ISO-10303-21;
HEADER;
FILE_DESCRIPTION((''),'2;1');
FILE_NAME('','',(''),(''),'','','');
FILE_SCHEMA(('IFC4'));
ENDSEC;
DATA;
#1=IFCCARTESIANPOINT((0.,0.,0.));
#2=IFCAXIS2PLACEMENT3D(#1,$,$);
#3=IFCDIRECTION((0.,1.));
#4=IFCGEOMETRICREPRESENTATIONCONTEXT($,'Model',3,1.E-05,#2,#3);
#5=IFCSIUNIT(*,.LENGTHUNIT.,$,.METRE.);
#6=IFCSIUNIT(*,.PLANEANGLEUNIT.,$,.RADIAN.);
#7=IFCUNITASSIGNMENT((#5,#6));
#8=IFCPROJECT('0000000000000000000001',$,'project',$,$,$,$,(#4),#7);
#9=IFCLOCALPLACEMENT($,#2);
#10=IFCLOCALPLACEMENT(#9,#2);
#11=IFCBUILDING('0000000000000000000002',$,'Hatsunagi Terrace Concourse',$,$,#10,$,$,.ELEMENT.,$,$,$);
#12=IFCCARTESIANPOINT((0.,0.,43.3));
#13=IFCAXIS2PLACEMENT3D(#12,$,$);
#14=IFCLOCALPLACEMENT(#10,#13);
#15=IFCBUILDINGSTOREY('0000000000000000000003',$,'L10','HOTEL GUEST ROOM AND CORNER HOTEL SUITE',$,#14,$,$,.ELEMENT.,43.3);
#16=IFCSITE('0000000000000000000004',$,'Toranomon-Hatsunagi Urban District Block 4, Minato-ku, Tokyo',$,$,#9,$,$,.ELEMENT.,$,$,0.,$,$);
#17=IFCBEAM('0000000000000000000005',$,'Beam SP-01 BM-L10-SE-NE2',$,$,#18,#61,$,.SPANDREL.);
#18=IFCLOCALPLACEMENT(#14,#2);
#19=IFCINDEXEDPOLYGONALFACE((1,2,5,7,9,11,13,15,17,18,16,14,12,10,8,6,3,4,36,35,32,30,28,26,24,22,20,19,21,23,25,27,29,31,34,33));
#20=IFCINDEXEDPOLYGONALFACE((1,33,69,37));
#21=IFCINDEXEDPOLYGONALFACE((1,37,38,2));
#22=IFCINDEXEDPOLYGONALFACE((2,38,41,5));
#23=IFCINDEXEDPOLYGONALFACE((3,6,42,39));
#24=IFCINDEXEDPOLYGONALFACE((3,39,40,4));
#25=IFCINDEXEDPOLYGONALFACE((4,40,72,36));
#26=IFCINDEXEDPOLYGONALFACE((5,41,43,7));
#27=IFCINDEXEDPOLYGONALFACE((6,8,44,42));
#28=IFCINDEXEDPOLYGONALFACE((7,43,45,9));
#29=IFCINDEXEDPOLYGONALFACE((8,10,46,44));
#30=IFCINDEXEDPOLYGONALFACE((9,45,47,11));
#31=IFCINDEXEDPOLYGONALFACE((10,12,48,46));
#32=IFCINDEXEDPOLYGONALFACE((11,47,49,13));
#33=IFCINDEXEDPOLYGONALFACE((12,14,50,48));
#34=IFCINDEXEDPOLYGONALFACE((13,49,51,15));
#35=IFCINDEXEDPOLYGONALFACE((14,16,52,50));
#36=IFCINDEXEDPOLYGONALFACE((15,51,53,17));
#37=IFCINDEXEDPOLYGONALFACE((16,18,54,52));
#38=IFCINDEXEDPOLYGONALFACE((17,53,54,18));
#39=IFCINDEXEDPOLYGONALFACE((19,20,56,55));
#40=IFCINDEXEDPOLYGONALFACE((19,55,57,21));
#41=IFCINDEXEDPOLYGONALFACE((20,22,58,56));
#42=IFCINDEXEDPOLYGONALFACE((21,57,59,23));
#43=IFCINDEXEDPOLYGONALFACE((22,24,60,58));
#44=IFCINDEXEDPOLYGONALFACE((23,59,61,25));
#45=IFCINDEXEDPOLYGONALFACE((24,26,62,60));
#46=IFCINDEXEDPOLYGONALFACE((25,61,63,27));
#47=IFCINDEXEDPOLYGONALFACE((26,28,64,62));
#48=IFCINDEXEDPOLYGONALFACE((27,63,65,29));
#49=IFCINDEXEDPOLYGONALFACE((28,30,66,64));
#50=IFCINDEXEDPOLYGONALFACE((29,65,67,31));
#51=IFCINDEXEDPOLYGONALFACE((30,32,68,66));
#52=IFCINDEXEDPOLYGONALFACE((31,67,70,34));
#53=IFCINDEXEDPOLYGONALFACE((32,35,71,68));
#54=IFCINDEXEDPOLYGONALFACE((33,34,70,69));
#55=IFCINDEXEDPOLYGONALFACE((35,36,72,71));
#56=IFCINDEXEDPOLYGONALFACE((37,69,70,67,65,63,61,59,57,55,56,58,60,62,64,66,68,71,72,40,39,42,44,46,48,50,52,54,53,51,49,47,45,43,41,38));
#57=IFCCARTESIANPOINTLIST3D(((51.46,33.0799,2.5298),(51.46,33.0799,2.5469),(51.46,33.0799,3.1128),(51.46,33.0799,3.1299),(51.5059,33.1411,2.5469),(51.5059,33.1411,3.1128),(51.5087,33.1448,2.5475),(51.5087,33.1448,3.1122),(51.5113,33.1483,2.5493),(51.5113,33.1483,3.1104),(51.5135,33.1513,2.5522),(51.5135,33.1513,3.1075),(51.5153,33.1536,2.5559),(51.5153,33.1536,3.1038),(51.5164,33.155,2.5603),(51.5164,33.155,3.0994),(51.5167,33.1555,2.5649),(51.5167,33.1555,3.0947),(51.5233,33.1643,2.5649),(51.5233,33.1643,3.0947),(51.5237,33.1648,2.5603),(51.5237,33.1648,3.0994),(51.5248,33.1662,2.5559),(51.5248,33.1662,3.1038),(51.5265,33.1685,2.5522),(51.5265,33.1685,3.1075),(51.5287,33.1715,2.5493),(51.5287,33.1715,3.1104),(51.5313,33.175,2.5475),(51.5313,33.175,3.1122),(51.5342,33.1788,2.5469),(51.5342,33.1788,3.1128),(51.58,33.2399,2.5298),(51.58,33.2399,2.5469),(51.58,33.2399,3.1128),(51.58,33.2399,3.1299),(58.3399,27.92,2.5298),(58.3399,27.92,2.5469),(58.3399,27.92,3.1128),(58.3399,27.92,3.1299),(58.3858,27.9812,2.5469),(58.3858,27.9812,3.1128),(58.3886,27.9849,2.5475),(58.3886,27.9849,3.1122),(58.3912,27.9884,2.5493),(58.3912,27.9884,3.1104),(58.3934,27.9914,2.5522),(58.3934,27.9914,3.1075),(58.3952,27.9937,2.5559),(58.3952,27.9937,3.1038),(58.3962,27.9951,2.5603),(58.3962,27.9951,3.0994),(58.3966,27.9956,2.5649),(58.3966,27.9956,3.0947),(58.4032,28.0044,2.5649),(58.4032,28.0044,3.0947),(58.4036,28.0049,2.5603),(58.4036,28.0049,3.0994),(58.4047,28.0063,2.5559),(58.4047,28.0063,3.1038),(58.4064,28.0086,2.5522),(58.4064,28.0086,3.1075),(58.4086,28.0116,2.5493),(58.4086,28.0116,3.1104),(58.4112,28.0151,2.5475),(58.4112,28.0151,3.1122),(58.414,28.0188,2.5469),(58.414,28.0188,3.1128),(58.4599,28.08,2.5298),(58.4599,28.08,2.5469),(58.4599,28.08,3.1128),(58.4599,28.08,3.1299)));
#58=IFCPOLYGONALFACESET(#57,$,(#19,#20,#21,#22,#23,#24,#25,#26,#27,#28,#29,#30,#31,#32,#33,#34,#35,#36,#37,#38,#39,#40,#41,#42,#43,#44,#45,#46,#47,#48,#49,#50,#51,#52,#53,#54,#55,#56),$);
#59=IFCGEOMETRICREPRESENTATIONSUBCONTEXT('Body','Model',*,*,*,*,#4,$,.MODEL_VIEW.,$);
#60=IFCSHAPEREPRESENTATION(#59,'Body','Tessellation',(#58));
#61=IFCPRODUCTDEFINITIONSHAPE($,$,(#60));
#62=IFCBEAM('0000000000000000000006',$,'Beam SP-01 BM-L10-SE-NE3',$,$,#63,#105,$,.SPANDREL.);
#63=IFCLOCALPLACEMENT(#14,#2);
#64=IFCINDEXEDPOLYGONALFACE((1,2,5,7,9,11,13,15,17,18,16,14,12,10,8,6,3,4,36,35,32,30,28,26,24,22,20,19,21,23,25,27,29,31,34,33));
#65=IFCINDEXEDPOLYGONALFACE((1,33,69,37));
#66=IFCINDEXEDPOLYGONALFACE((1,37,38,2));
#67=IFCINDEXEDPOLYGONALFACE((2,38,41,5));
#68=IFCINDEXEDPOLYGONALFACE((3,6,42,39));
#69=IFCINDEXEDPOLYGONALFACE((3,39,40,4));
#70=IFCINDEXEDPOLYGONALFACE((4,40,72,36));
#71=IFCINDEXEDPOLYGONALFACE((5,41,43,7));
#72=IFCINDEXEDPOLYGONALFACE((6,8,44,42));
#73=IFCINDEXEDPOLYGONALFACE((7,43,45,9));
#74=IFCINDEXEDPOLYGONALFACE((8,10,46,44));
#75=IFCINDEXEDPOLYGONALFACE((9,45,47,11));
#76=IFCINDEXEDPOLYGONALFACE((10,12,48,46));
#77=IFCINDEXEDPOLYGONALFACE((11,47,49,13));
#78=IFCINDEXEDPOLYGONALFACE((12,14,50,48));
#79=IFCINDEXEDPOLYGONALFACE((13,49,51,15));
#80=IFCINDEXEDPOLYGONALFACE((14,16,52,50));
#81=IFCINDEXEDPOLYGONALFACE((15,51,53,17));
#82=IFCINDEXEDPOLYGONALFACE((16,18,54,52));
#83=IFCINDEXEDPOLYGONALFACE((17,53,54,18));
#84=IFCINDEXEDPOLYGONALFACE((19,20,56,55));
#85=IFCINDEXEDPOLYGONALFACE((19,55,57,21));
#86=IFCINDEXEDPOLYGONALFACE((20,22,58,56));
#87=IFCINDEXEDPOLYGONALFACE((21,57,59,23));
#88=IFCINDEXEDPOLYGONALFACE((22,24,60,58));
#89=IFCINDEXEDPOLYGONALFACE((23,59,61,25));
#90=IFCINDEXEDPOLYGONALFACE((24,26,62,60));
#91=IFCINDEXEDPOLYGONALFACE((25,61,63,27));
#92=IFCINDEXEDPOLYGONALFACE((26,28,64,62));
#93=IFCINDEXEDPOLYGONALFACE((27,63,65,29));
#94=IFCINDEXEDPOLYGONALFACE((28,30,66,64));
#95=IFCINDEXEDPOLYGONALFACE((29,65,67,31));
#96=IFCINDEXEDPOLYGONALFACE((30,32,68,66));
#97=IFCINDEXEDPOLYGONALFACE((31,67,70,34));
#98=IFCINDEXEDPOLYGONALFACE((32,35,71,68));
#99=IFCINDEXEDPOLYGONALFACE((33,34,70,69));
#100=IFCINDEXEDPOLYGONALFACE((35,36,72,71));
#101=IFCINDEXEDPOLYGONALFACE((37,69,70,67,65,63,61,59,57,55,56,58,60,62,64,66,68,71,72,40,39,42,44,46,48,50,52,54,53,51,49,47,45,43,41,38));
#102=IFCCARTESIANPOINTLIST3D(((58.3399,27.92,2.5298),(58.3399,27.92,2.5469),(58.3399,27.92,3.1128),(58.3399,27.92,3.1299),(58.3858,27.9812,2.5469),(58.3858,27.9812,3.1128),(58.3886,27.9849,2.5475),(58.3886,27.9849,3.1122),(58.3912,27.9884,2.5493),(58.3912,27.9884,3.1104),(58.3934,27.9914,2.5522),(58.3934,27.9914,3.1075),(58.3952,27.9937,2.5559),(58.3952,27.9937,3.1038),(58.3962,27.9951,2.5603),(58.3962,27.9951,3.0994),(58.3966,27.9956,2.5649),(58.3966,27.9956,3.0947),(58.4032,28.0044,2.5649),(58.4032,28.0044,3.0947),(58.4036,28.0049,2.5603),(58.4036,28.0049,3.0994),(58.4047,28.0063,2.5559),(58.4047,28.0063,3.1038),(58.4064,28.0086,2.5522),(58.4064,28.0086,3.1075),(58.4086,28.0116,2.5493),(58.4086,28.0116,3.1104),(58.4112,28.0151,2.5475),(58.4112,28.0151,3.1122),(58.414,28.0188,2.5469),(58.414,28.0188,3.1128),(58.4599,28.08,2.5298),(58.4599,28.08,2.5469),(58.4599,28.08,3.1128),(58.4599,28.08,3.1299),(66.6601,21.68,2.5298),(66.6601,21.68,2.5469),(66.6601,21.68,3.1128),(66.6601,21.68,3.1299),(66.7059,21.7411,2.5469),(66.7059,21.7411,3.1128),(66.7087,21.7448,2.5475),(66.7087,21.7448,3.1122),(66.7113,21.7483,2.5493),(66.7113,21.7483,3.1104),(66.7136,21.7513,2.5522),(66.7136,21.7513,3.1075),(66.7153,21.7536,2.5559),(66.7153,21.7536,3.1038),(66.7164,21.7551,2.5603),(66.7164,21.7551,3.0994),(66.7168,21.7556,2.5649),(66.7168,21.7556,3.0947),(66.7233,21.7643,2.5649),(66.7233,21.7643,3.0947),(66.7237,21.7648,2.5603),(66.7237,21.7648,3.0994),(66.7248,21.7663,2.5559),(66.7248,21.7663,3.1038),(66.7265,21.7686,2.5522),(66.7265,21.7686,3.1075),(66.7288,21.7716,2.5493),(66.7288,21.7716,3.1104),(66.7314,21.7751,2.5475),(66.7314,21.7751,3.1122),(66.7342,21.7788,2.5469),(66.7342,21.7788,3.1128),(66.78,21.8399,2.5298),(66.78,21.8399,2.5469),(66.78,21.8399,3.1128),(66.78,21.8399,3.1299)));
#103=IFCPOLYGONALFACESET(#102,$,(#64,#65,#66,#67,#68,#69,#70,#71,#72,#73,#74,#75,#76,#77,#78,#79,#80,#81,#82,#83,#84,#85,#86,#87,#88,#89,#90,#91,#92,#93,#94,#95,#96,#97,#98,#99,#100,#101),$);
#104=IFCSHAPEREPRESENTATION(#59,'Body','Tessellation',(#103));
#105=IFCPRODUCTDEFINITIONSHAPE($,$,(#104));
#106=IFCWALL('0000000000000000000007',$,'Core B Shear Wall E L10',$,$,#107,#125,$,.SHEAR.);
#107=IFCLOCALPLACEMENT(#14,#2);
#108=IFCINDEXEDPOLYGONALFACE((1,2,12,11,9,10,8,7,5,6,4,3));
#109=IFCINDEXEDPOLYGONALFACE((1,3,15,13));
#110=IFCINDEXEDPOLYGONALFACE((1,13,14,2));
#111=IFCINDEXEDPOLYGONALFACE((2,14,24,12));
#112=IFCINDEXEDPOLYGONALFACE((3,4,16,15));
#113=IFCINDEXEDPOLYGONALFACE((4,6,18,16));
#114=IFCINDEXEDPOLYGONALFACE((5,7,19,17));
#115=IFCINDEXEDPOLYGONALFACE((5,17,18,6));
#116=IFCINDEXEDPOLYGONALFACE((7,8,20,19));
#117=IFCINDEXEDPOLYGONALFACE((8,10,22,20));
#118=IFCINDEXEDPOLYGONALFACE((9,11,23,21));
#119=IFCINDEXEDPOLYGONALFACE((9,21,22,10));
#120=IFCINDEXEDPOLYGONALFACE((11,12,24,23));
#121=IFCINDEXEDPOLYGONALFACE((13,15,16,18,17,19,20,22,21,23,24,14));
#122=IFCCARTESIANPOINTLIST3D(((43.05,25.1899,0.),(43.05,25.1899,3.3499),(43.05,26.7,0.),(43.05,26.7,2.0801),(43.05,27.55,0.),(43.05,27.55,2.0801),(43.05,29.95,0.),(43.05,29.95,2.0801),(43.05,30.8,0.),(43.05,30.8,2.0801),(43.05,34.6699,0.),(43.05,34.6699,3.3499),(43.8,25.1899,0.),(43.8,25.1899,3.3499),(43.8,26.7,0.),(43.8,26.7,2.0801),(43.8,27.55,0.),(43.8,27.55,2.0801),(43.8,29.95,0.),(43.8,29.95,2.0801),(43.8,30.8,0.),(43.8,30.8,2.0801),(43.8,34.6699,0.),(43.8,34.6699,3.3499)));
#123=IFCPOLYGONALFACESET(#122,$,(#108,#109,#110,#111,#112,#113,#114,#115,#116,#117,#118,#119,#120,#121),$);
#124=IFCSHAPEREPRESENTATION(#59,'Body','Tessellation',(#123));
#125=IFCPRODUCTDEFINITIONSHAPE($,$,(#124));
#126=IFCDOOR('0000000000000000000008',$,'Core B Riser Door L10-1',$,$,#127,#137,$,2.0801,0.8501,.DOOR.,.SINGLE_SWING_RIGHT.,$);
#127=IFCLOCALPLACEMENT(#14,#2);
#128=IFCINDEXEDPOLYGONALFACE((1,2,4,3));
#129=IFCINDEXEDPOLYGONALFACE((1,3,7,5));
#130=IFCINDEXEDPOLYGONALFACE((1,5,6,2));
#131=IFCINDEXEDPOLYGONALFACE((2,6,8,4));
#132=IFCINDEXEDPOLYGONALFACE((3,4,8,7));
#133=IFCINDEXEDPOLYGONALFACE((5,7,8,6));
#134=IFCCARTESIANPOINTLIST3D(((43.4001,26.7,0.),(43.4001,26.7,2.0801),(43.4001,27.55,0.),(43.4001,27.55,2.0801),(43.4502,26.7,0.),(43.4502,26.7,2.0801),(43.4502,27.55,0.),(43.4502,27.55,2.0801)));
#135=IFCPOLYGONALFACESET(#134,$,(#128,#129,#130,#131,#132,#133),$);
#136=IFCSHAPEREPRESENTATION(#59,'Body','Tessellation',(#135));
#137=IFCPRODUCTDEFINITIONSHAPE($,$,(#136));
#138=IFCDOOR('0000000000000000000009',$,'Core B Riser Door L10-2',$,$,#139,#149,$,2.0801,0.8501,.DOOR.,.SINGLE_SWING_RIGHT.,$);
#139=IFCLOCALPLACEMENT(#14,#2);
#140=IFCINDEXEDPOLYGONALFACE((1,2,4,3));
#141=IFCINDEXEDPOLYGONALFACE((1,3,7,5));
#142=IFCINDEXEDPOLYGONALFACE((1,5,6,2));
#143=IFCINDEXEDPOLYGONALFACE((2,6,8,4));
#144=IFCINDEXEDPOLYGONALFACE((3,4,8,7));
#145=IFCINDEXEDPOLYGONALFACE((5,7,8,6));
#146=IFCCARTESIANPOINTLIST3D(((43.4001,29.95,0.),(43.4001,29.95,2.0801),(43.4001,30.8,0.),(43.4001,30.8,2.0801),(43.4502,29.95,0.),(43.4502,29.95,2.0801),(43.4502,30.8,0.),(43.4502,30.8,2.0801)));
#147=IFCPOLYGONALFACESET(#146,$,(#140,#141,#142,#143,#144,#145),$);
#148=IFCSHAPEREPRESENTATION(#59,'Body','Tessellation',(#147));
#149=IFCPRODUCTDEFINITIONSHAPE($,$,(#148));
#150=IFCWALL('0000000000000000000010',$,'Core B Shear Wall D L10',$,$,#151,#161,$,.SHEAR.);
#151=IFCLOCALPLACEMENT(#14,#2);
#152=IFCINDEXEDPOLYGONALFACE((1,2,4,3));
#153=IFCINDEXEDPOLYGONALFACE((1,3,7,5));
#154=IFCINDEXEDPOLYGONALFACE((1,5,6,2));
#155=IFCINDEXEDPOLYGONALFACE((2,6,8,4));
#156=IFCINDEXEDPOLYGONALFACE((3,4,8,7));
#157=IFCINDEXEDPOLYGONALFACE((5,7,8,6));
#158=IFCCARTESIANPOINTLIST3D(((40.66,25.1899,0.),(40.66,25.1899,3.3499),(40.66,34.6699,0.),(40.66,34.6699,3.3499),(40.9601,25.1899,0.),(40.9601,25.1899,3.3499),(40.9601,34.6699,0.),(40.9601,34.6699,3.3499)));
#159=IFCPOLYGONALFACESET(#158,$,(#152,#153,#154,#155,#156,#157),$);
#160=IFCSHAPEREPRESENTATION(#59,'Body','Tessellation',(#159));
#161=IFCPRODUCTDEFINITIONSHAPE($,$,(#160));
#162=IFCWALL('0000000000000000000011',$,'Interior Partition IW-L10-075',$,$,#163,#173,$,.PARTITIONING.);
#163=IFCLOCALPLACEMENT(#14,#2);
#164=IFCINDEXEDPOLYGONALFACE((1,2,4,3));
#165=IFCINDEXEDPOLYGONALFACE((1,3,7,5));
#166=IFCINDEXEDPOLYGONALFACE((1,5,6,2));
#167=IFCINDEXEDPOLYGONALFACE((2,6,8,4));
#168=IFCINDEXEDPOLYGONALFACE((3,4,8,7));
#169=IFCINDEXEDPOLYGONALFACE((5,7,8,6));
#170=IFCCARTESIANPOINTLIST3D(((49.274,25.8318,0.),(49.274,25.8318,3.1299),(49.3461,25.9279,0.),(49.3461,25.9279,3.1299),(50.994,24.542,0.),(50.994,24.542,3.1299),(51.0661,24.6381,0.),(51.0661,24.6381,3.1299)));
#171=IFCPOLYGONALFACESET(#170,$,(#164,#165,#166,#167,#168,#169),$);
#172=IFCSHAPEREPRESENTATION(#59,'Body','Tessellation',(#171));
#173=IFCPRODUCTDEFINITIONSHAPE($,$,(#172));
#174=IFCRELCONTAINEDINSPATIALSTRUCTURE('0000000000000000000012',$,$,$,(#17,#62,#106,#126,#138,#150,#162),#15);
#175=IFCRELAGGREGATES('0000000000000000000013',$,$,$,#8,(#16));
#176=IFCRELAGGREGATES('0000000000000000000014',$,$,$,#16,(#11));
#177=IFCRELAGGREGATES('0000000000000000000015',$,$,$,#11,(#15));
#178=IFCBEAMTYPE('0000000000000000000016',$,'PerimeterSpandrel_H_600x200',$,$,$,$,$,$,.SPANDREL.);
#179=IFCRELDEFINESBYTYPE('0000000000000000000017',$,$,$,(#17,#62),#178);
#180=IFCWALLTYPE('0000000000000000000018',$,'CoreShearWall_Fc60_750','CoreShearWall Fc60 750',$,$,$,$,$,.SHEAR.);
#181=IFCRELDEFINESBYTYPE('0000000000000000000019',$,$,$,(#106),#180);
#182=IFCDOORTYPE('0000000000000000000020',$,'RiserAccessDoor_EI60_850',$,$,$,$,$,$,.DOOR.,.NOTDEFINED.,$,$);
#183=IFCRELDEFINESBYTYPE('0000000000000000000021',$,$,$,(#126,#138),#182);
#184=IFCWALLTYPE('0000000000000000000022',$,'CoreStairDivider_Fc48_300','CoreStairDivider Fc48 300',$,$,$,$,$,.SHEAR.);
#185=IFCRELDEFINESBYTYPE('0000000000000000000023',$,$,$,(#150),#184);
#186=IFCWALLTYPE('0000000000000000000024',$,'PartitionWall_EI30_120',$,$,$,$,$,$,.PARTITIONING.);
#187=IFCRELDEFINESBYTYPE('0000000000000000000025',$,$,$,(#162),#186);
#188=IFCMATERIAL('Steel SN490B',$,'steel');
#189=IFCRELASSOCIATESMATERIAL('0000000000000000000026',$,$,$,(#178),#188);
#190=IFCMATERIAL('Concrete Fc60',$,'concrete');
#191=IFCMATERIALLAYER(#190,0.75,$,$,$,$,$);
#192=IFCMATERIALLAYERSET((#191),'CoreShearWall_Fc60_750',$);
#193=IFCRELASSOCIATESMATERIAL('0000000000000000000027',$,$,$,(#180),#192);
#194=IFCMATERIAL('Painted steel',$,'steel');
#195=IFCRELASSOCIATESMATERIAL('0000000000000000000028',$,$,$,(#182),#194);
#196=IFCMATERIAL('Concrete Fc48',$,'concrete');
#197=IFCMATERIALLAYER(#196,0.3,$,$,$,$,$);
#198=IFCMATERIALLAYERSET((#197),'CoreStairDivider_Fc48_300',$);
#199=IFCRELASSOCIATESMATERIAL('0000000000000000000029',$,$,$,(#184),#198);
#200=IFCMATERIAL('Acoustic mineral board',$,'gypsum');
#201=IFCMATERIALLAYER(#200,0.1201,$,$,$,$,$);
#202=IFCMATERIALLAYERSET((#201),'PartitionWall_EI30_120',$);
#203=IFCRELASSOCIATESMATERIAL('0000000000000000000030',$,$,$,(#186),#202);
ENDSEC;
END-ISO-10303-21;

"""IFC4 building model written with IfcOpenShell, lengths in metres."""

from ifc_helpers import new_model, si_unit, direction, frame, frame_2d, origin, origin_2d, place, context, subcontext, project, spatial, rectangle, i_section, extrude, material, layer, layer_set, material_profile, profile_set, type_object, element, fill, save


model = new_model("IFC4")

# Units and contexts
model_context = context("Model", 3, precision=1e-05, world=origin(), true_north=direction((0.0, 1.0)))
body_context = subcontext(model_context, "Body", "Model", "MODEL_VIEW")
ifc_project = project(units=[si_unit("LENGTHUNIT", "METRE"), si_unit("PLANEANGLEUNIT", "RADIAN")], contexts=[model_context])

# Site, building, storey
site_placement = place(None, origin())
site = spatial("IfcSite", under=ifc_project, at=site_placement, Name="Toranomon-Hatsunagi Urban District Block 4, Minato-ku, Tokyo", CompositionType="ELEMENT", RefElevation=0.0)
building_placement = place(site_placement, origin())
building = spatial("IfcBuilding", under=site, at=building_placement, Name="Hatsunagi Terrace Concourse", CompositionType="ELEMENT")
storey_placement = place(building_placement, frame((0.0, 0.0, 43.3)))
storey = spatial("IfcBuildingStorey", under=building, at=storey_placement, Name="L10", Description="HOTEL GUEST ROOM AND CORNER HOTEL SUITE", CompositionType="ELEMENT", Elevation=43.3)

# Beams
ifc_material_1 = material(Name="Steel SN490B", Category="steel")
ifc_material_profile_1 = material_profile(ifc_material_1, i_section(OverallWidth=0.2, OverallDepth=0.6001, WebThickness=0.011, FlangeThickness=0.0171, FilletRadius=0.0181, at=origin_2d()), Name="H-600x200x11x17")
ifc_profile_set_1 = profile_set([ifc_material_profile_1], Name="Steel SN490B")
beam_type_1 = type_object("IfcBeamType", Name="PerimeterSpandrel_H_600x200", PredefinedType="SPANDREL", material=ifc_profile_set_1)
beam_1_placement = place(storey_placement, frame((51.52, 33.1599, 2.8298), z_axis=(0.8, -0.6, 0.0), x_axis=(0.6, 0.8, 0.0)))
element("IfcBeam", 1, at=beam_1_placement, inside=storey, type_object=beam_type_1, Name="Beam SP-01 BM-L10-SE-NE2", PredefinedType="SPANDREL", context=body_context, shape_type="SweptSolid", body=[
    extrude(i_section(OverallWidth=0.2, OverallDepth=0.6001, WebThickness=0.011, FlangeThickness=0.0171, FilletRadius=0.0181, at=origin_2d()), origin(), (0.0, 0.0, 1.0), 8.5999),
])
beam_2_placement = place(storey_placement, frame((58.3999, 28.0, 2.8298), z_axis=(0.800003, -0.599996, 0.0), x_axis=(0.599996, 0.800003, 0.0)))
element("IfcBeam", 2, at=beam_2_placement, inside=storey, type_object=beam_type_1, Name="Beam SP-01 BM-L10-SE-NE3", PredefinedType="SPANDREL", context=body_context, shape_type="SweptSolid", body=[
    extrude(i_section(OverallWidth=0.2, OverallDepth=0.6001, WebThickness=0.011, FlangeThickness=0.0171, FilletRadius=0.0181, at=origin_2d()), origin(), (0.0, 0.0, 1.0), 10.4001),
])

# Wall, openings, doors
ifc_material_2 = material(Name="Concrete Fc60", Category="concrete")
ifc_layer_1 = layer(ifc_material_2, 0.75)
ifc_layer_set_1 = layer_set([ifc_layer_1], Name="CoreShearWall_Fc60_750")
wall_type_1 = type_object("IfcWallType", Name="CoreShearWall_Fc60_750", Description="CoreShearWall Fc60 750", PredefinedType="SHEAR", material=ifc_layer_set_1)
wall_1_placement = place(storey_placement, frame((43.425, 25.1899, 0.0), z_axis=(0.0, 0.0, 1.0), x_axis=(0.0, 1.0, 0.0)))
wall_1 = element("IfcWall", 3, at=wall_1_placement, inside=storey, type_object=wall_type_1, Name="Core B Shear Wall E L10", PredefinedType="SHEAR", context=body_context, shape_type="SweptSolid", body=[
    extrude(rectangle(XDim=9.48, YDim=0.75, at=frame_2d((4.74, 0.0))), origin(), (0.0, 0.0, 1.0), 3.3499),
])
opening_1_placement = place(wall_1_placement, frame((1.51, 0.0, 0.0)))
opening_1 = element("IfcOpeningElement", 4, at=opening_1_placement, cuts=wall_1, PredefinedType="OPENING", context=body_context, shape_type="SweptSolid", body=[
    extrude(rectangle(XDim=0.8501, YDim=2.0801, at=frame_2d((0.425, 1.04))), frame((0.0, 0.385, 0.0), z_axis=(0.0, -1.0, 0.0), x_axis=(1.0, 0.0, 0.0)), (0.0, 0.0, 1.0), 0.77),
])
opening_2_placement = place(wall_1_placement, frame((4.76, 0.0, 0.0)))
opening_2 = element("IfcOpeningElement", 5, at=opening_2_placement, cuts=wall_1, PredefinedType="OPENING", context=body_context, shape_type="SweptSolid", body=[
    extrude(rectangle(XDim=0.8501, YDim=2.0801, at=frame_2d((0.425, 1.04))), frame((0.0, 0.385, 0.0), z_axis=(0.0, -1.0, 0.0), x_axis=(1.0, 0.0, 0.0)), (0.0, 0.0, 1.0), 0.77),
])
ifc_material_3 = material(Name="Painted steel", Category="steel")
door_type_1 = type_object("IfcDoorType", Name="RiserAccessDoor_EI60_850", OperationType="NOTDEFINED", PredefinedType="DOOR", material=ifc_material_3)
door_1_placement = place(opening_1_placement, origin())
door_1 = element("IfcDoor", 6, at=door_1_placement, inside=storey, type_object=door_type_1, Name="Core B Riser Door L10-1", OperationType="SINGLE_SWING_RIGHT", OverallHeight=2.0801, OverallWidth=0.8501, PredefinedType="DOOR", context=body_context, shape_type="SweptSolid", body=[
    extrude(rectangle(XDim=0.8501, YDim=2.0801, at=frame_2d((0.425, 1.04))), frame((0.0, 0.0249, 0.0), z_axis=(0.0, -1.0, 0.0), x_axis=(1.0, 0.0, 0.0)), (0.0, 0.0, 1.0), 0.05),
])
fill(opening_1, door_1)
door_2_placement = place(opening_2_placement, origin())
door_2 = element("IfcDoor", 7, at=door_2_placement, inside=storey, type_object=door_type_1, Name="Core B Riser Door L10-2", OperationType="SINGLE_SWING_RIGHT", OverallHeight=2.0801, OverallWidth=0.8501, PredefinedType="DOOR", context=body_context, shape_type="SweptSolid", body=[
    extrude(rectangle(XDim=0.8501, YDim=2.0801, at=frame_2d((0.425, 1.04))), frame((0.0, 0.0249, 0.0), z_axis=(0.0, -1.0, 0.0), x_axis=(1.0, 0.0, 0.0)), (0.0, 0.0, 1.0), 0.05),
])
fill(opening_2, door_2)

# Walls
ifc_material_4 = material(Name="Concrete Fc48", Category="concrete")
ifc_layer_2 = layer(ifc_material_4, 0.3)
ifc_layer_set_2 = layer_set([ifc_layer_2], Name="CoreStairDivider_Fc48_300")
wall_type_2 = type_object("IfcWallType", Name="CoreStairDivider_Fc48_300", Description="CoreStairDivider Fc48 300", PredefinedType="SHEAR", material=ifc_layer_set_2)
wall_2_placement = place(storey_placement, frame((40.8101, 25.1899, 0.0), z_axis=(0.0, 0.0, 1.0), x_axis=(0.0, 1.0, 0.0)))
element("IfcWall", 8, at=wall_2_placement, inside=storey, type_object=wall_type_2, Name="Core B Shear Wall D L10", PredefinedType="SHEAR", context=body_context, shape_type="SweptSolid", body=[
    extrude(rectangle(XDim=9.48, YDim=0.3, at=frame_2d((4.74, 0.0))), origin(), (0.0, 0.0, 1.0), 3.3499),
])
ifc_material_5 = material(Name="Acoustic mineral board", Category="gypsum")
ifc_layer_3 = layer(ifc_material_5, 0.1201)
ifc_layer_set_3 = layer_set([ifc_layer_3], Name="PartitionWall_EI30_120")
wall_type_3 = type_object("IfcWallType", Name="PartitionWall_EI30_120", PredefinedType="PARTITIONING", material=ifc_layer_set_3)
wall_3_placement = place(storey_placement, frame((49.3101, 25.8799, 0.0), z_axis=(0.0, 0.0, 1.0), x_axis=(0.800041, -0.599945, 0.0)))
element("IfcWall", 9, at=wall_3_placement, inside=storey, type_object=wall_type_3, Name="Interior Partition IW-L10-075", PredefinedType="PARTITIONING", context=body_context, shape_type="SweptSolid", body=[
    extrude(rectangle(XDim=2.1499, YDim=0.1201, at=frame_2d((1.075, 0.0))), origin(), (0.0, 0.0, 1.0), 3.1299),
])

save(model, "model.ifc")
